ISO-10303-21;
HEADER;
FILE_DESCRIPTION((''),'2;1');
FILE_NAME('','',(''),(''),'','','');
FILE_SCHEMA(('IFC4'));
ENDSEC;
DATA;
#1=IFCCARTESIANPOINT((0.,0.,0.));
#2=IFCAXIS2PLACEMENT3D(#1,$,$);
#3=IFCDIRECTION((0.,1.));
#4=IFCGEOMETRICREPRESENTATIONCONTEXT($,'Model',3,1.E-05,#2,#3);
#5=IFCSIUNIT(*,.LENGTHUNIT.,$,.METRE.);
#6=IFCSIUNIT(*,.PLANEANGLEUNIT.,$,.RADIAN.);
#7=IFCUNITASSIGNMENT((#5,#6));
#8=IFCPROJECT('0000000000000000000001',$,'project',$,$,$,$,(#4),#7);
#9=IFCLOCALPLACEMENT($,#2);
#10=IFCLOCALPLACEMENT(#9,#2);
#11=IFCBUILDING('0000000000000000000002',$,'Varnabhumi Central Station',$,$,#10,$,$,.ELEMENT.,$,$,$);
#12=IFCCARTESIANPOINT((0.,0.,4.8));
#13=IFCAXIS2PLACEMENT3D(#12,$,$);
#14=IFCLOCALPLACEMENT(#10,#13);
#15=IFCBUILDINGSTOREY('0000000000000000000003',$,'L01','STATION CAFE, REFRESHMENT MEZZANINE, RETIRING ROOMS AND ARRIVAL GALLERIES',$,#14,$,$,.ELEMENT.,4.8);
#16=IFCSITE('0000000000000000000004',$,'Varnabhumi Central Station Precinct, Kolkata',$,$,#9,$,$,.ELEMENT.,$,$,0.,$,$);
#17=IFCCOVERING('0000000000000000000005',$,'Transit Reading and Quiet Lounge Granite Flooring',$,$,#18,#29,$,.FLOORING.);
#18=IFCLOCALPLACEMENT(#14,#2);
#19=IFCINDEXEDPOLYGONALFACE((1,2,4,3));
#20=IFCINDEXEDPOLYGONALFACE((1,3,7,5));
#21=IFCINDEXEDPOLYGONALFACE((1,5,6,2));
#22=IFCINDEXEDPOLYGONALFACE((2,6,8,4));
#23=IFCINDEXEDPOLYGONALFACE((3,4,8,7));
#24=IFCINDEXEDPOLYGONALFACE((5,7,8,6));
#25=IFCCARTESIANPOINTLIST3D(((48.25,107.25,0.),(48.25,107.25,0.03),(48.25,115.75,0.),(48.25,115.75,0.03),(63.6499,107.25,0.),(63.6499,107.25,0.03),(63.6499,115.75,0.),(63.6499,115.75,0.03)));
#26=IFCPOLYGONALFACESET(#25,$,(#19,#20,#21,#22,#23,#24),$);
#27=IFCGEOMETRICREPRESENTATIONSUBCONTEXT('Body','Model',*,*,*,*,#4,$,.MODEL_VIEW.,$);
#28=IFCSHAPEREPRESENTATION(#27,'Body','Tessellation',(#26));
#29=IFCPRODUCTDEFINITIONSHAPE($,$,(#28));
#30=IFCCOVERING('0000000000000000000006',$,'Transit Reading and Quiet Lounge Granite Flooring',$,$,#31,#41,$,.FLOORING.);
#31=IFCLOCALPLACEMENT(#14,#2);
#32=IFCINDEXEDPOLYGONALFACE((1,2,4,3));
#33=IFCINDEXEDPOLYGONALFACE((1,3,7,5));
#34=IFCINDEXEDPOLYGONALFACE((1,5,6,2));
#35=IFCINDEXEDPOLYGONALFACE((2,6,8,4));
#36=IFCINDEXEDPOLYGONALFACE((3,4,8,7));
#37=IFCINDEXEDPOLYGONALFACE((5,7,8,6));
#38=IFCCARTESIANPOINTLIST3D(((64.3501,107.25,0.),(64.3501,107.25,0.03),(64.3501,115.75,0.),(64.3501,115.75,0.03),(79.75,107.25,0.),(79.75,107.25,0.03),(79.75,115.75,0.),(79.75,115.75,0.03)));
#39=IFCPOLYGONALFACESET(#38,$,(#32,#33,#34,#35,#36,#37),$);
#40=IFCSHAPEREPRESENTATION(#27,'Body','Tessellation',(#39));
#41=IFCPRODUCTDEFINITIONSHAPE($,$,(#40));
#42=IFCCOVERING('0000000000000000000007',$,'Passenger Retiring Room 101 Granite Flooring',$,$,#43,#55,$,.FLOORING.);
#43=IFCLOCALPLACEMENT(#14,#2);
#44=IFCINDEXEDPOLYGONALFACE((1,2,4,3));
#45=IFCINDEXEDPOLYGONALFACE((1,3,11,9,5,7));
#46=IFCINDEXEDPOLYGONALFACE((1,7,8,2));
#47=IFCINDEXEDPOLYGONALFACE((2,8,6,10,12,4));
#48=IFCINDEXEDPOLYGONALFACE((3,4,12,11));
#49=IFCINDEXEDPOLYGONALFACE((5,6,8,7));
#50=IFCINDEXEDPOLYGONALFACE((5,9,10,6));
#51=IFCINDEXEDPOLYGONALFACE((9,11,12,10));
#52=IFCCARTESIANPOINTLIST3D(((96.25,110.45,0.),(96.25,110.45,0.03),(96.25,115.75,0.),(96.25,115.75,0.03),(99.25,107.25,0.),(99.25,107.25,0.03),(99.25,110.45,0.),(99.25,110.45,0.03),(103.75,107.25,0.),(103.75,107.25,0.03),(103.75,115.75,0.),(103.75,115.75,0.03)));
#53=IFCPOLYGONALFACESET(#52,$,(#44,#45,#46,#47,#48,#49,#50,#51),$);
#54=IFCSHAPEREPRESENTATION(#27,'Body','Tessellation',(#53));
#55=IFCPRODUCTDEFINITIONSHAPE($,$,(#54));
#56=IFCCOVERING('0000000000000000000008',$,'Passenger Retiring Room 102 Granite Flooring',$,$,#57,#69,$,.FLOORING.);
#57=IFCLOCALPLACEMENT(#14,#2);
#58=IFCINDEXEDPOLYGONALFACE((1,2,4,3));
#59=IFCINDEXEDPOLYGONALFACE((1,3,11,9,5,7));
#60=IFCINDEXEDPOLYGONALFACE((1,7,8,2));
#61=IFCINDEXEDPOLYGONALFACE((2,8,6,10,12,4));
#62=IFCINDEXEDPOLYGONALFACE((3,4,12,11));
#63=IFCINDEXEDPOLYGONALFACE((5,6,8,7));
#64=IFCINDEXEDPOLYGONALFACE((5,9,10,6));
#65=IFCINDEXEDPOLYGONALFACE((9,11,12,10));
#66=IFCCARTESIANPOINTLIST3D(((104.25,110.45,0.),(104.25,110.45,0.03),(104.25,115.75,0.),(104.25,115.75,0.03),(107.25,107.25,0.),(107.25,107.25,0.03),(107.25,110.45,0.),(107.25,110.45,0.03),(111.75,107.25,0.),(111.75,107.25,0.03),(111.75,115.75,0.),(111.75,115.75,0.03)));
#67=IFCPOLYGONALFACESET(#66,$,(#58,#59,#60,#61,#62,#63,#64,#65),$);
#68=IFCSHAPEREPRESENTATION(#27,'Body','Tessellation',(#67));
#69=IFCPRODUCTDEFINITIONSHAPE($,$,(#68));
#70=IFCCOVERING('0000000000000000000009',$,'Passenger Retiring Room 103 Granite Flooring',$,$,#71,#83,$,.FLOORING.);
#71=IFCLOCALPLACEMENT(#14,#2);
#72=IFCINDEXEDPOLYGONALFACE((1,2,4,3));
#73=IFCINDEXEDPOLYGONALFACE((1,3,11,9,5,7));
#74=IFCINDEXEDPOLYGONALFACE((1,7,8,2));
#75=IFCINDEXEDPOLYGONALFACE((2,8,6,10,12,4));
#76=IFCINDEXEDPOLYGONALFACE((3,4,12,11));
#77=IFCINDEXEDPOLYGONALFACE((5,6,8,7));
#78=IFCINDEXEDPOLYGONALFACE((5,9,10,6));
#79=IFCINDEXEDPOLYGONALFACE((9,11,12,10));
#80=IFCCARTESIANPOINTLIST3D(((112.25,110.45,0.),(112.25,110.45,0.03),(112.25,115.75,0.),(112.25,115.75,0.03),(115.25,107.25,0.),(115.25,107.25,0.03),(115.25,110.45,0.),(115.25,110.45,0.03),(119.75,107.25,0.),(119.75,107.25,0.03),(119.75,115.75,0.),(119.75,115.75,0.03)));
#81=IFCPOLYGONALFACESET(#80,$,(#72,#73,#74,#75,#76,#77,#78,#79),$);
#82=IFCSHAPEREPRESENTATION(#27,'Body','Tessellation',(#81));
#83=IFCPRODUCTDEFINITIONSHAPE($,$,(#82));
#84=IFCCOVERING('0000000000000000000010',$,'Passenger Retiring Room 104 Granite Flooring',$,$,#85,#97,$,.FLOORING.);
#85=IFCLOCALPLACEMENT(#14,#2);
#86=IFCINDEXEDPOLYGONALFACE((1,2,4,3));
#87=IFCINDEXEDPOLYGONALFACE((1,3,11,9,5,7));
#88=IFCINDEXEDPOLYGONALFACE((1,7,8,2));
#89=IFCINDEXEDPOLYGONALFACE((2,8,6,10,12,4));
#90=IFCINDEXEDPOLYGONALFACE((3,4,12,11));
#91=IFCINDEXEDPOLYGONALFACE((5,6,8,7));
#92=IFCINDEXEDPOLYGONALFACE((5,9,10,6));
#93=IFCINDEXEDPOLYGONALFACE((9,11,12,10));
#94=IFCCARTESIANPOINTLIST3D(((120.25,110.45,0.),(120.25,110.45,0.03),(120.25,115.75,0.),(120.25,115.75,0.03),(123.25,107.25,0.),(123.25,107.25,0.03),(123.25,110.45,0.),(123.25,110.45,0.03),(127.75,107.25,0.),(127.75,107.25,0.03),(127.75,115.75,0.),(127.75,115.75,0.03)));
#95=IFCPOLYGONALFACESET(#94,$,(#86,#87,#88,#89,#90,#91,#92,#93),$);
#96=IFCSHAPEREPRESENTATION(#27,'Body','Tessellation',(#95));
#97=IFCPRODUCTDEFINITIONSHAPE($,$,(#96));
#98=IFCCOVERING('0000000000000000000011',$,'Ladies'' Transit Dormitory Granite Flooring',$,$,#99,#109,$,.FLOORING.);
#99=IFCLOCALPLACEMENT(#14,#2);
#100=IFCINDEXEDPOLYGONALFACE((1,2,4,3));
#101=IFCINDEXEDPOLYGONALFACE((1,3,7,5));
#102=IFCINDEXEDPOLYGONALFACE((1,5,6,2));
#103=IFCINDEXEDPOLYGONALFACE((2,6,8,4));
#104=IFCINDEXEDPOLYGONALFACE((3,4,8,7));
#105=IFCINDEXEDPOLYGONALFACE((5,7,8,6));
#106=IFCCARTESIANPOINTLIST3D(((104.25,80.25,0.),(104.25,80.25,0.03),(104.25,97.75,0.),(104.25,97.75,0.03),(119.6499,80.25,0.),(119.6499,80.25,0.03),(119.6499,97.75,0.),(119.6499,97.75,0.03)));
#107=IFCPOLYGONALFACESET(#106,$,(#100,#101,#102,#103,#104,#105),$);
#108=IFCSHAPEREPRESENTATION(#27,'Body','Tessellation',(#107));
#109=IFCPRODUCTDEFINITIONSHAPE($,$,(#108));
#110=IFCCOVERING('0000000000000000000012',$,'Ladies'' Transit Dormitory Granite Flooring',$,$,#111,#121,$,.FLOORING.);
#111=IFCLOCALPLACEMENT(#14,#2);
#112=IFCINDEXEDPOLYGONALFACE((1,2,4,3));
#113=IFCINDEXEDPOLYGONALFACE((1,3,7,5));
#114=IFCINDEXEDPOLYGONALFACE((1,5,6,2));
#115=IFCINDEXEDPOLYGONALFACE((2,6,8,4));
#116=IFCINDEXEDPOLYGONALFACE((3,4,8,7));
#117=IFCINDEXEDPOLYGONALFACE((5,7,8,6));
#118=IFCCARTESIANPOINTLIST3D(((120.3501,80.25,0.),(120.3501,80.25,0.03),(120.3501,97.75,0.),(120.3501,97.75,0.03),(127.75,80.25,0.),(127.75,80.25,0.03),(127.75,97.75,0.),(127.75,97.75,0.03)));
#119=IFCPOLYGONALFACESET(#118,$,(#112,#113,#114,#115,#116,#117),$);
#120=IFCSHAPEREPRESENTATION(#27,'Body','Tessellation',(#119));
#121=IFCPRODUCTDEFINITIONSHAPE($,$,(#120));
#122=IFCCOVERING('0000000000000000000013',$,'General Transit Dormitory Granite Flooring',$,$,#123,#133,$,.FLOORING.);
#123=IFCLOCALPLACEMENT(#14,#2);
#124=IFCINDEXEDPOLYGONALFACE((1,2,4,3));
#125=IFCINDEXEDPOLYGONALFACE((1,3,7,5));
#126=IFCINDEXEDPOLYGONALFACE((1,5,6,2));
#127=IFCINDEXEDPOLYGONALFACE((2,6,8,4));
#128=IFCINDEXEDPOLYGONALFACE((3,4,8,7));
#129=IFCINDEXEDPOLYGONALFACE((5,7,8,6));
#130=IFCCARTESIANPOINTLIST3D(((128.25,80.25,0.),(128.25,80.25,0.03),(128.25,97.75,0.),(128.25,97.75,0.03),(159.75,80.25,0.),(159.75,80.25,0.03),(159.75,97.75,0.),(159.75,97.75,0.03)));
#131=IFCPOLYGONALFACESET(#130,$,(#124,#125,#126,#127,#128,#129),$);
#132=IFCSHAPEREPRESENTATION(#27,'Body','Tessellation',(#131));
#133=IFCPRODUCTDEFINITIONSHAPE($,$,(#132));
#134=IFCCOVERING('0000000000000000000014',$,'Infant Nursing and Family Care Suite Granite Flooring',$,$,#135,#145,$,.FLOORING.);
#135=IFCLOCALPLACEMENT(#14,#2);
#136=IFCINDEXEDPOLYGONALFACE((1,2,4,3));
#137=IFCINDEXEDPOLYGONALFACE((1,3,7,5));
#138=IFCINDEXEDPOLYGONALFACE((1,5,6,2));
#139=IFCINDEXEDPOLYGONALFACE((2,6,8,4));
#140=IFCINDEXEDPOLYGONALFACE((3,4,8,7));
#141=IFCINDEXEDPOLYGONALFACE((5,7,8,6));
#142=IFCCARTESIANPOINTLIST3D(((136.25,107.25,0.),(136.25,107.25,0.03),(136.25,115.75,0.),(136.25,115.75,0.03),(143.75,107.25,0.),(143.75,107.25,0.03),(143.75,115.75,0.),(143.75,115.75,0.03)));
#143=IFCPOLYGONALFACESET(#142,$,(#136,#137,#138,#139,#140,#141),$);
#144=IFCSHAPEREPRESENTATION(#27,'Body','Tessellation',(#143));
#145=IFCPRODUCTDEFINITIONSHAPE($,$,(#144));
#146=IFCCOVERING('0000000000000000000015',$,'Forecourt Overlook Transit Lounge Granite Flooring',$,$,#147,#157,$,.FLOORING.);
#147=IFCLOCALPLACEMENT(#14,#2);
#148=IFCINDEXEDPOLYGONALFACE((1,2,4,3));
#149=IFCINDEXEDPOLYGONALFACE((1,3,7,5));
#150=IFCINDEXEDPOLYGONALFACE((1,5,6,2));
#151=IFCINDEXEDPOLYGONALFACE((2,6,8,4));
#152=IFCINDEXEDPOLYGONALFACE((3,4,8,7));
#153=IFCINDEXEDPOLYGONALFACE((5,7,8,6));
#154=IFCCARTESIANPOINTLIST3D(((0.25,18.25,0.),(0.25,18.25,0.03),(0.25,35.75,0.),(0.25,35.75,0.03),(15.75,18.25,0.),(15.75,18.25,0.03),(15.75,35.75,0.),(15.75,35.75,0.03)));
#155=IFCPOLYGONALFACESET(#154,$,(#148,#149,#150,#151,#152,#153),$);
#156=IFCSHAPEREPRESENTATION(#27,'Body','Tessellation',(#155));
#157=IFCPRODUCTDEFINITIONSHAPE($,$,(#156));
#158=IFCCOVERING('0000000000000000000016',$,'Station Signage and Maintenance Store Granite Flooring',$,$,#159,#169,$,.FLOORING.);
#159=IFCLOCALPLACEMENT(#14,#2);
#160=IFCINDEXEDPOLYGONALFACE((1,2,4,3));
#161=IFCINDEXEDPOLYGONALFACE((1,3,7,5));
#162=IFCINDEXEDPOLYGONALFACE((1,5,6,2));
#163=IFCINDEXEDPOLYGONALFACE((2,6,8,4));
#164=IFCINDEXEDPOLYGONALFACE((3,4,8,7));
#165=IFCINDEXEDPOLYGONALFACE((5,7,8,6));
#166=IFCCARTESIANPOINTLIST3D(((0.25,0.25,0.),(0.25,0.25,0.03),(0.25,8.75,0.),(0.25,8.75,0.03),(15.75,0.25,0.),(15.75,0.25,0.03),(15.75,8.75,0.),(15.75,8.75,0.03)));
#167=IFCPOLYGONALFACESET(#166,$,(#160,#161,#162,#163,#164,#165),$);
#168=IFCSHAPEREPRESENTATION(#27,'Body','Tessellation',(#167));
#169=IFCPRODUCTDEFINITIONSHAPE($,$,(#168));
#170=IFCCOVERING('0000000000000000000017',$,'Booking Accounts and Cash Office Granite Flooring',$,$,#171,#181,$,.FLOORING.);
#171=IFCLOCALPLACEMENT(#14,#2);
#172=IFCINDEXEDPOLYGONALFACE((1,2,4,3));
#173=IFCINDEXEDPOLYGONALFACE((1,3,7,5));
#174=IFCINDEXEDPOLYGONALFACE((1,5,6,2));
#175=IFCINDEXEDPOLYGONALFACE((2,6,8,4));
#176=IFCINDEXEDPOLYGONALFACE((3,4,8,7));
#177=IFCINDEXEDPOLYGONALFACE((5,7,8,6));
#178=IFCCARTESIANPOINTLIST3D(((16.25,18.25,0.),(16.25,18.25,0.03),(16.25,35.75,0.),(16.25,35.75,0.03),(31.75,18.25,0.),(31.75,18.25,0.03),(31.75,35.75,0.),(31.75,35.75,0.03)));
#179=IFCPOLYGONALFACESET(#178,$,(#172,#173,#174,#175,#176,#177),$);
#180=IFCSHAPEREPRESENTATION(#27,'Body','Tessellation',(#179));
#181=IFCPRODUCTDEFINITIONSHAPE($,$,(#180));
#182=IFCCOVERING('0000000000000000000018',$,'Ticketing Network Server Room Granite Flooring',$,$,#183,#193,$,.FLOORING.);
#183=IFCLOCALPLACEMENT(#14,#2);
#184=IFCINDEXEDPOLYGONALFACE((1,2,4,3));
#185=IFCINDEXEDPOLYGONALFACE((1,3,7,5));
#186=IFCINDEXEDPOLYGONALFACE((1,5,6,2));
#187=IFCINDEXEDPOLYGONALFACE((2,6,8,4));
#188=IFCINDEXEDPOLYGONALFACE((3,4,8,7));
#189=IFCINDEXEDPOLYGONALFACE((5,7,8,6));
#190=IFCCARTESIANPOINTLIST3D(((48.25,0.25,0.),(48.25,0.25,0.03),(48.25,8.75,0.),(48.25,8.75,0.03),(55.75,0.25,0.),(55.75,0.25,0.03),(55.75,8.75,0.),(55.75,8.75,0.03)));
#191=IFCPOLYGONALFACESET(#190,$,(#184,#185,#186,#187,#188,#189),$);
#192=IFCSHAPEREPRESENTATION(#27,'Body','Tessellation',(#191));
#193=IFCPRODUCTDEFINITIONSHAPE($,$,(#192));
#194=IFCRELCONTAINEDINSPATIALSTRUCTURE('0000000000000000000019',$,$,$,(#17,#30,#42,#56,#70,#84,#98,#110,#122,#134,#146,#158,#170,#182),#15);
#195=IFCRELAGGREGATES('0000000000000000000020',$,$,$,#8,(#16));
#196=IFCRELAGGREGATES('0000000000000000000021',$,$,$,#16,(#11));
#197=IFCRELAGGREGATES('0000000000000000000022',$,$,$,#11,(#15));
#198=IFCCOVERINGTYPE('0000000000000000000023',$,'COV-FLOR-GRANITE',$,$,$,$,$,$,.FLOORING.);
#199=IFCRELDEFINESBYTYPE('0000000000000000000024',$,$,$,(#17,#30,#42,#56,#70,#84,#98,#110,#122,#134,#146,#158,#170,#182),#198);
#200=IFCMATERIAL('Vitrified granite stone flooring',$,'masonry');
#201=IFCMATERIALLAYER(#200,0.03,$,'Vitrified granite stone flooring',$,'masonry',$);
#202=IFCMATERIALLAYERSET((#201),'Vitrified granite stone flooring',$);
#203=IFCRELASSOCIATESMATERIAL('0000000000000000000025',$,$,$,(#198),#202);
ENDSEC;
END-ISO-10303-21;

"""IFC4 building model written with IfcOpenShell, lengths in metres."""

from ifc_helpers import new_model, si_unit, direction, frame, origin, place, context, subcontext, project, spatial, polyline, outline, extrude, material, layer, layer_set, type_object, element, save


model = new_model("IFC4")

# Units and contexts
model_context = context("Model", 3, precision=1e-05, world=origin(), true_north=direction((0.0, 1.0)))
body_context = subcontext(model_context, "Body", "Model", "MODEL_VIEW")
ifc_project = project(units=[si_unit("LENGTHUNIT", "METRE"), si_unit("PLANEANGLEUNIT", "RADIAN")], contexts=[model_context])

# Site, building, storey
site_placement = place(None, origin())
site = spatial("IfcSite", under=ifc_project, at=site_placement, Name="Varnabhumi Central Station Precinct, Kolkata", CompositionType="ELEMENT", RefElevation=0.0)
building_placement = place(site_placement, origin())
building = spatial("IfcBuilding", under=site, at=building_placement, Name="Varnabhumi Central Station", CompositionType="ELEMENT")
storey_placement = place(building_placement, frame((0.0, 0.0, 4.8)))
storey = spatial("IfcBuildingStorey", under=building, at=storey_placement, Name="L01", Description="STATION CAFE, REFRESHMENT MEZZANINE, RETIRING ROOMS AND ARRIVAL GALLERIES", CompositionType="ELEMENT", Elevation=4.8)

# Coverings
ifc_material_1 = material(Name="Vitrified granite stone flooring", Category="masonry")
ifc_layer_1 = layer(ifc_material_1, 0.03, Name="Vitrified granite stone flooring", Category="masonry")
ifc_layer_set_1 = layer_set([ifc_layer_1], Name="Vitrified granite stone flooring")
covering_type = type_object("IfcCoveringType", Name="COV-FLOR-GRANITE", PredefinedType="FLOORING", material=ifc_layer_set_1)
covering_1_placement = place(storey_placement, origin())
element("IfcCovering", 1, at=covering_1_placement, inside=storey, type_object=covering_type, Name="Transit Reading and Quiet Lounge Granite Flooring", PredefinedType="FLOORING", context=body_context, shape_type="SweptSolid", body=[
    extrude(outline(polyline([(48.25, 107.25), (63.6499, 107.25), (63.6499, 115.75), (48.25, 115.75), (48.25, 107.25)])), origin(), (0.0, 0.0, 1.0), 0.03),
])
covering_2_placement = place(storey_placement, origin())
element("IfcCovering", 2, at=covering_2_placement, inside=storey, type_object=covering_type, Name="Transit Reading and Quiet Lounge Granite Flooring", PredefinedType="FLOORING", context=body_context, shape_type="SweptSolid", body=[
    extrude(outline(polyline([(64.3501, 107.25), (79.75, 107.25), (79.75, 115.75), (64.3501, 115.75), (64.3501, 107.25)])), origin(), (0.0, 0.0, 1.0), 0.03),
])
covering_3_placement = place(storey_placement, origin())
element("IfcCovering", 3, at=covering_3_placement, inside=storey, type_object=covering_type, Name="Passenger Retiring Room 101 Granite Flooring", PredefinedType="FLOORING", context=body_context, shape_type="SweptSolid", body=[
    extrude(outline(polyline([(96.25, 110.45), (99.25, 110.45), (99.25, 107.25), (103.75, 107.25), (103.75, 115.75), (96.25, 115.75), (96.25, 110.45)])), origin(), (0.0, 0.0, 1.0), 0.03),
])
covering_4_placement = place(storey_placement, origin())
element("IfcCovering", 4, at=covering_4_placement, inside=storey, type_object=covering_type, Name="Passenger Retiring Room 102 Granite Flooring", PredefinedType="FLOORING", context=body_context, shape_type="SweptSolid", body=[
    extrude(outline(polyline([(104.25, 110.45), (107.25, 110.45), (107.25, 107.25), (111.75, 107.25), (111.75, 115.75), (104.25, 115.75), (104.25, 110.45)])), origin(), (0.0, 0.0, 1.0), 0.03),
])
covering_5_placement = place(storey_placement, origin())
element("IfcCovering", 5, at=covering_5_placement, inside=storey, type_object=covering_type, Name="Passenger Retiring Room 103 Granite Flooring", PredefinedType="FLOORING", context=body_context, shape_type="SweptSolid", body=[
    extrude(outline(polyline([(112.25, 110.45), (115.25, 110.45), (115.25, 107.25), (119.75, 107.25), (119.75, 115.75), (112.25, 115.75), (112.25, 110.45)])), origin(), (0.0, 0.0, 1.0), 0.03),
])
covering_6_placement = place(storey_placement, origin())
element("IfcCovering", 6, at=covering_6_placement, inside=storey, type_object=covering_type, Name="Passenger Retiring Room 104 Granite Flooring", PredefinedType="FLOORING", context=body_context, shape_type="SweptSolid", body=[
    extrude(outline(polyline([(120.25, 110.45), (123.25, 110.45), (123.25, 107.25), (127.75, 107.25), (127.75, 115.75), (120.25, 115.75), (120.25, 110.45)])), origin(), (0.0, 0.0, 1.0), 0.03),
])
covering_7_placement = place(storey_placement, origin())
element("IfcCovering", 7, at=covering_7_placement, inside=storey, type_object=covering_type, Name="Ladies' Transit Dormitory Granite Flooring", PredefinedType="FLOORING", context=body_context, shape_type="SweptSolid", body=[
    extrude(outline(polyline([(104.25, 80.25), (119.6499, 80.25), (119.6499, 97.75), (104.25, 97.75), (104.25, 80.25)])), origin(), (0.0, 0.0, 1.0), 0.03),
])
covering_8_placement = place(storey_placement, origin())
element("IfcCovering", 8, at=covering_8_placement, inside=storey, type_object=covering_type, Name="Ladies' Transit Dormitory Granite Flooring", PredefinedType="FLOORING", context=body_context, shape_type="SweptSolid", body=[
    extrude(outline(polyline([(120.3501, 80.25), (127.75, 80.25), (127.75, 97.75), (120.3501, 97.75), (120.3501, 80.25)])), origin(), (0.0, 0.0, 1.0), 0.03),
])
covering_9_placement = place(storey_placement, origin())
element("IfcCovering", 9, at=covering_9_placement, inside=storey, type_object=covering_type, Name="General Transit Dormitory Granite Flooring", PredefinedType="FLOORING", context=body_context, shape_type="SweptSolid", body=[
    extrude(outline(polyline([(128.25, 80.25), (159.75, 80.25), (159.75, 97.75), (128.25, 97.75), (128.25, 80.25)])), origin(), (0.0, 0.0, 1.0), 0.03),
])
covering_10_placement = place(storey_placement, origin())
element("IfcCovering", 10, at=covering_10_placement, inside=storey, type_object=covering_type, Name="Infant Nursing and Family Care Suite Granite Flooring", PredefinedType="FLOORING", context=body_context, shape_type="SweptSolid", body=[
    extrude(outline(polyline([(136.25, 107.25), (143.75, 107.25), (143.75, 115.75), (136.25, 115.75), (136.25, 107.25)])), origin(), (0.0, 0.0, 1.0), 0.03),
])
covering_11_placement = place(storey_placement, origin())
element("IfcCovering", 11, at=covering_11_placement, inside=storey, type_object=covering_type, Name="Forecourt Overlook Transit Lounge Granite Flooring", PredefinedType="FLOORING", context=body_context, shape_type="SweptSolid", body=[
    extrude(outline(polyline([(0.25, 18.25), (15.75, 18.25), (15.75, 35.75), (0.25, 35.75), (0.25, 18.25)])), origin(), (0.0, 0.0, 1.0), 0.03),
])
covering_12_placement = place(storey_placement, origin())
element("IfcCovering", 12, at=covering_12_placement, inside=storey, type_object=covering_type, Name="Station Signage and Maintenance Store Granite Flooring", PredefinedType="FLOORING", context=body_context, shape_type="SweptSolid", body=[
    extrude(outline(polyline([(0.25, 0.25), (15.75, 0.25), (15.75, 8.75), (0.25, 8.75), (0.25, 0.25)])), origin(), (0.0, 0.0, 1.0), 0.03),
])
covering_13_placement = place(storey_placement, origin())
element("IfcCovering", 13, at=covering_13_placement, inside=storey, type_object=covering_type, Name="Booking Accounts and Cash Office Granite Flooring", PredefinedType="FLOORING", context=body_context, shape_type="SweptSolid", body=[
    extrude(outline(polyline([(16.25, 18.25), (31.75, 18.25), (31.75, 35.75), (16.25, 35.75), (16.25, 18.25)])), origin(), (0.0, 0.0, 1.0), 0.03),
])
covering_14_placement = place(storey_placement, origin())
element("IfcCovering", 14, at=covering_14_placement, inside=storey, type_object=covering_type, Name="Ticketing Network Server Room Granite Flooring", PredefinedType="FLOORING", context=body_context, shape_type="SweptSolid", body=[
    extrude(outline(polyline([(48.25, 0.25), (55.75, 0.25), (55.75, 8.75), (48.25, 8.75), (48.25, 0.25)])), origin(), (0.0, 0.0, 1.0), 0.03),
])

save(model, "model.ifc")
